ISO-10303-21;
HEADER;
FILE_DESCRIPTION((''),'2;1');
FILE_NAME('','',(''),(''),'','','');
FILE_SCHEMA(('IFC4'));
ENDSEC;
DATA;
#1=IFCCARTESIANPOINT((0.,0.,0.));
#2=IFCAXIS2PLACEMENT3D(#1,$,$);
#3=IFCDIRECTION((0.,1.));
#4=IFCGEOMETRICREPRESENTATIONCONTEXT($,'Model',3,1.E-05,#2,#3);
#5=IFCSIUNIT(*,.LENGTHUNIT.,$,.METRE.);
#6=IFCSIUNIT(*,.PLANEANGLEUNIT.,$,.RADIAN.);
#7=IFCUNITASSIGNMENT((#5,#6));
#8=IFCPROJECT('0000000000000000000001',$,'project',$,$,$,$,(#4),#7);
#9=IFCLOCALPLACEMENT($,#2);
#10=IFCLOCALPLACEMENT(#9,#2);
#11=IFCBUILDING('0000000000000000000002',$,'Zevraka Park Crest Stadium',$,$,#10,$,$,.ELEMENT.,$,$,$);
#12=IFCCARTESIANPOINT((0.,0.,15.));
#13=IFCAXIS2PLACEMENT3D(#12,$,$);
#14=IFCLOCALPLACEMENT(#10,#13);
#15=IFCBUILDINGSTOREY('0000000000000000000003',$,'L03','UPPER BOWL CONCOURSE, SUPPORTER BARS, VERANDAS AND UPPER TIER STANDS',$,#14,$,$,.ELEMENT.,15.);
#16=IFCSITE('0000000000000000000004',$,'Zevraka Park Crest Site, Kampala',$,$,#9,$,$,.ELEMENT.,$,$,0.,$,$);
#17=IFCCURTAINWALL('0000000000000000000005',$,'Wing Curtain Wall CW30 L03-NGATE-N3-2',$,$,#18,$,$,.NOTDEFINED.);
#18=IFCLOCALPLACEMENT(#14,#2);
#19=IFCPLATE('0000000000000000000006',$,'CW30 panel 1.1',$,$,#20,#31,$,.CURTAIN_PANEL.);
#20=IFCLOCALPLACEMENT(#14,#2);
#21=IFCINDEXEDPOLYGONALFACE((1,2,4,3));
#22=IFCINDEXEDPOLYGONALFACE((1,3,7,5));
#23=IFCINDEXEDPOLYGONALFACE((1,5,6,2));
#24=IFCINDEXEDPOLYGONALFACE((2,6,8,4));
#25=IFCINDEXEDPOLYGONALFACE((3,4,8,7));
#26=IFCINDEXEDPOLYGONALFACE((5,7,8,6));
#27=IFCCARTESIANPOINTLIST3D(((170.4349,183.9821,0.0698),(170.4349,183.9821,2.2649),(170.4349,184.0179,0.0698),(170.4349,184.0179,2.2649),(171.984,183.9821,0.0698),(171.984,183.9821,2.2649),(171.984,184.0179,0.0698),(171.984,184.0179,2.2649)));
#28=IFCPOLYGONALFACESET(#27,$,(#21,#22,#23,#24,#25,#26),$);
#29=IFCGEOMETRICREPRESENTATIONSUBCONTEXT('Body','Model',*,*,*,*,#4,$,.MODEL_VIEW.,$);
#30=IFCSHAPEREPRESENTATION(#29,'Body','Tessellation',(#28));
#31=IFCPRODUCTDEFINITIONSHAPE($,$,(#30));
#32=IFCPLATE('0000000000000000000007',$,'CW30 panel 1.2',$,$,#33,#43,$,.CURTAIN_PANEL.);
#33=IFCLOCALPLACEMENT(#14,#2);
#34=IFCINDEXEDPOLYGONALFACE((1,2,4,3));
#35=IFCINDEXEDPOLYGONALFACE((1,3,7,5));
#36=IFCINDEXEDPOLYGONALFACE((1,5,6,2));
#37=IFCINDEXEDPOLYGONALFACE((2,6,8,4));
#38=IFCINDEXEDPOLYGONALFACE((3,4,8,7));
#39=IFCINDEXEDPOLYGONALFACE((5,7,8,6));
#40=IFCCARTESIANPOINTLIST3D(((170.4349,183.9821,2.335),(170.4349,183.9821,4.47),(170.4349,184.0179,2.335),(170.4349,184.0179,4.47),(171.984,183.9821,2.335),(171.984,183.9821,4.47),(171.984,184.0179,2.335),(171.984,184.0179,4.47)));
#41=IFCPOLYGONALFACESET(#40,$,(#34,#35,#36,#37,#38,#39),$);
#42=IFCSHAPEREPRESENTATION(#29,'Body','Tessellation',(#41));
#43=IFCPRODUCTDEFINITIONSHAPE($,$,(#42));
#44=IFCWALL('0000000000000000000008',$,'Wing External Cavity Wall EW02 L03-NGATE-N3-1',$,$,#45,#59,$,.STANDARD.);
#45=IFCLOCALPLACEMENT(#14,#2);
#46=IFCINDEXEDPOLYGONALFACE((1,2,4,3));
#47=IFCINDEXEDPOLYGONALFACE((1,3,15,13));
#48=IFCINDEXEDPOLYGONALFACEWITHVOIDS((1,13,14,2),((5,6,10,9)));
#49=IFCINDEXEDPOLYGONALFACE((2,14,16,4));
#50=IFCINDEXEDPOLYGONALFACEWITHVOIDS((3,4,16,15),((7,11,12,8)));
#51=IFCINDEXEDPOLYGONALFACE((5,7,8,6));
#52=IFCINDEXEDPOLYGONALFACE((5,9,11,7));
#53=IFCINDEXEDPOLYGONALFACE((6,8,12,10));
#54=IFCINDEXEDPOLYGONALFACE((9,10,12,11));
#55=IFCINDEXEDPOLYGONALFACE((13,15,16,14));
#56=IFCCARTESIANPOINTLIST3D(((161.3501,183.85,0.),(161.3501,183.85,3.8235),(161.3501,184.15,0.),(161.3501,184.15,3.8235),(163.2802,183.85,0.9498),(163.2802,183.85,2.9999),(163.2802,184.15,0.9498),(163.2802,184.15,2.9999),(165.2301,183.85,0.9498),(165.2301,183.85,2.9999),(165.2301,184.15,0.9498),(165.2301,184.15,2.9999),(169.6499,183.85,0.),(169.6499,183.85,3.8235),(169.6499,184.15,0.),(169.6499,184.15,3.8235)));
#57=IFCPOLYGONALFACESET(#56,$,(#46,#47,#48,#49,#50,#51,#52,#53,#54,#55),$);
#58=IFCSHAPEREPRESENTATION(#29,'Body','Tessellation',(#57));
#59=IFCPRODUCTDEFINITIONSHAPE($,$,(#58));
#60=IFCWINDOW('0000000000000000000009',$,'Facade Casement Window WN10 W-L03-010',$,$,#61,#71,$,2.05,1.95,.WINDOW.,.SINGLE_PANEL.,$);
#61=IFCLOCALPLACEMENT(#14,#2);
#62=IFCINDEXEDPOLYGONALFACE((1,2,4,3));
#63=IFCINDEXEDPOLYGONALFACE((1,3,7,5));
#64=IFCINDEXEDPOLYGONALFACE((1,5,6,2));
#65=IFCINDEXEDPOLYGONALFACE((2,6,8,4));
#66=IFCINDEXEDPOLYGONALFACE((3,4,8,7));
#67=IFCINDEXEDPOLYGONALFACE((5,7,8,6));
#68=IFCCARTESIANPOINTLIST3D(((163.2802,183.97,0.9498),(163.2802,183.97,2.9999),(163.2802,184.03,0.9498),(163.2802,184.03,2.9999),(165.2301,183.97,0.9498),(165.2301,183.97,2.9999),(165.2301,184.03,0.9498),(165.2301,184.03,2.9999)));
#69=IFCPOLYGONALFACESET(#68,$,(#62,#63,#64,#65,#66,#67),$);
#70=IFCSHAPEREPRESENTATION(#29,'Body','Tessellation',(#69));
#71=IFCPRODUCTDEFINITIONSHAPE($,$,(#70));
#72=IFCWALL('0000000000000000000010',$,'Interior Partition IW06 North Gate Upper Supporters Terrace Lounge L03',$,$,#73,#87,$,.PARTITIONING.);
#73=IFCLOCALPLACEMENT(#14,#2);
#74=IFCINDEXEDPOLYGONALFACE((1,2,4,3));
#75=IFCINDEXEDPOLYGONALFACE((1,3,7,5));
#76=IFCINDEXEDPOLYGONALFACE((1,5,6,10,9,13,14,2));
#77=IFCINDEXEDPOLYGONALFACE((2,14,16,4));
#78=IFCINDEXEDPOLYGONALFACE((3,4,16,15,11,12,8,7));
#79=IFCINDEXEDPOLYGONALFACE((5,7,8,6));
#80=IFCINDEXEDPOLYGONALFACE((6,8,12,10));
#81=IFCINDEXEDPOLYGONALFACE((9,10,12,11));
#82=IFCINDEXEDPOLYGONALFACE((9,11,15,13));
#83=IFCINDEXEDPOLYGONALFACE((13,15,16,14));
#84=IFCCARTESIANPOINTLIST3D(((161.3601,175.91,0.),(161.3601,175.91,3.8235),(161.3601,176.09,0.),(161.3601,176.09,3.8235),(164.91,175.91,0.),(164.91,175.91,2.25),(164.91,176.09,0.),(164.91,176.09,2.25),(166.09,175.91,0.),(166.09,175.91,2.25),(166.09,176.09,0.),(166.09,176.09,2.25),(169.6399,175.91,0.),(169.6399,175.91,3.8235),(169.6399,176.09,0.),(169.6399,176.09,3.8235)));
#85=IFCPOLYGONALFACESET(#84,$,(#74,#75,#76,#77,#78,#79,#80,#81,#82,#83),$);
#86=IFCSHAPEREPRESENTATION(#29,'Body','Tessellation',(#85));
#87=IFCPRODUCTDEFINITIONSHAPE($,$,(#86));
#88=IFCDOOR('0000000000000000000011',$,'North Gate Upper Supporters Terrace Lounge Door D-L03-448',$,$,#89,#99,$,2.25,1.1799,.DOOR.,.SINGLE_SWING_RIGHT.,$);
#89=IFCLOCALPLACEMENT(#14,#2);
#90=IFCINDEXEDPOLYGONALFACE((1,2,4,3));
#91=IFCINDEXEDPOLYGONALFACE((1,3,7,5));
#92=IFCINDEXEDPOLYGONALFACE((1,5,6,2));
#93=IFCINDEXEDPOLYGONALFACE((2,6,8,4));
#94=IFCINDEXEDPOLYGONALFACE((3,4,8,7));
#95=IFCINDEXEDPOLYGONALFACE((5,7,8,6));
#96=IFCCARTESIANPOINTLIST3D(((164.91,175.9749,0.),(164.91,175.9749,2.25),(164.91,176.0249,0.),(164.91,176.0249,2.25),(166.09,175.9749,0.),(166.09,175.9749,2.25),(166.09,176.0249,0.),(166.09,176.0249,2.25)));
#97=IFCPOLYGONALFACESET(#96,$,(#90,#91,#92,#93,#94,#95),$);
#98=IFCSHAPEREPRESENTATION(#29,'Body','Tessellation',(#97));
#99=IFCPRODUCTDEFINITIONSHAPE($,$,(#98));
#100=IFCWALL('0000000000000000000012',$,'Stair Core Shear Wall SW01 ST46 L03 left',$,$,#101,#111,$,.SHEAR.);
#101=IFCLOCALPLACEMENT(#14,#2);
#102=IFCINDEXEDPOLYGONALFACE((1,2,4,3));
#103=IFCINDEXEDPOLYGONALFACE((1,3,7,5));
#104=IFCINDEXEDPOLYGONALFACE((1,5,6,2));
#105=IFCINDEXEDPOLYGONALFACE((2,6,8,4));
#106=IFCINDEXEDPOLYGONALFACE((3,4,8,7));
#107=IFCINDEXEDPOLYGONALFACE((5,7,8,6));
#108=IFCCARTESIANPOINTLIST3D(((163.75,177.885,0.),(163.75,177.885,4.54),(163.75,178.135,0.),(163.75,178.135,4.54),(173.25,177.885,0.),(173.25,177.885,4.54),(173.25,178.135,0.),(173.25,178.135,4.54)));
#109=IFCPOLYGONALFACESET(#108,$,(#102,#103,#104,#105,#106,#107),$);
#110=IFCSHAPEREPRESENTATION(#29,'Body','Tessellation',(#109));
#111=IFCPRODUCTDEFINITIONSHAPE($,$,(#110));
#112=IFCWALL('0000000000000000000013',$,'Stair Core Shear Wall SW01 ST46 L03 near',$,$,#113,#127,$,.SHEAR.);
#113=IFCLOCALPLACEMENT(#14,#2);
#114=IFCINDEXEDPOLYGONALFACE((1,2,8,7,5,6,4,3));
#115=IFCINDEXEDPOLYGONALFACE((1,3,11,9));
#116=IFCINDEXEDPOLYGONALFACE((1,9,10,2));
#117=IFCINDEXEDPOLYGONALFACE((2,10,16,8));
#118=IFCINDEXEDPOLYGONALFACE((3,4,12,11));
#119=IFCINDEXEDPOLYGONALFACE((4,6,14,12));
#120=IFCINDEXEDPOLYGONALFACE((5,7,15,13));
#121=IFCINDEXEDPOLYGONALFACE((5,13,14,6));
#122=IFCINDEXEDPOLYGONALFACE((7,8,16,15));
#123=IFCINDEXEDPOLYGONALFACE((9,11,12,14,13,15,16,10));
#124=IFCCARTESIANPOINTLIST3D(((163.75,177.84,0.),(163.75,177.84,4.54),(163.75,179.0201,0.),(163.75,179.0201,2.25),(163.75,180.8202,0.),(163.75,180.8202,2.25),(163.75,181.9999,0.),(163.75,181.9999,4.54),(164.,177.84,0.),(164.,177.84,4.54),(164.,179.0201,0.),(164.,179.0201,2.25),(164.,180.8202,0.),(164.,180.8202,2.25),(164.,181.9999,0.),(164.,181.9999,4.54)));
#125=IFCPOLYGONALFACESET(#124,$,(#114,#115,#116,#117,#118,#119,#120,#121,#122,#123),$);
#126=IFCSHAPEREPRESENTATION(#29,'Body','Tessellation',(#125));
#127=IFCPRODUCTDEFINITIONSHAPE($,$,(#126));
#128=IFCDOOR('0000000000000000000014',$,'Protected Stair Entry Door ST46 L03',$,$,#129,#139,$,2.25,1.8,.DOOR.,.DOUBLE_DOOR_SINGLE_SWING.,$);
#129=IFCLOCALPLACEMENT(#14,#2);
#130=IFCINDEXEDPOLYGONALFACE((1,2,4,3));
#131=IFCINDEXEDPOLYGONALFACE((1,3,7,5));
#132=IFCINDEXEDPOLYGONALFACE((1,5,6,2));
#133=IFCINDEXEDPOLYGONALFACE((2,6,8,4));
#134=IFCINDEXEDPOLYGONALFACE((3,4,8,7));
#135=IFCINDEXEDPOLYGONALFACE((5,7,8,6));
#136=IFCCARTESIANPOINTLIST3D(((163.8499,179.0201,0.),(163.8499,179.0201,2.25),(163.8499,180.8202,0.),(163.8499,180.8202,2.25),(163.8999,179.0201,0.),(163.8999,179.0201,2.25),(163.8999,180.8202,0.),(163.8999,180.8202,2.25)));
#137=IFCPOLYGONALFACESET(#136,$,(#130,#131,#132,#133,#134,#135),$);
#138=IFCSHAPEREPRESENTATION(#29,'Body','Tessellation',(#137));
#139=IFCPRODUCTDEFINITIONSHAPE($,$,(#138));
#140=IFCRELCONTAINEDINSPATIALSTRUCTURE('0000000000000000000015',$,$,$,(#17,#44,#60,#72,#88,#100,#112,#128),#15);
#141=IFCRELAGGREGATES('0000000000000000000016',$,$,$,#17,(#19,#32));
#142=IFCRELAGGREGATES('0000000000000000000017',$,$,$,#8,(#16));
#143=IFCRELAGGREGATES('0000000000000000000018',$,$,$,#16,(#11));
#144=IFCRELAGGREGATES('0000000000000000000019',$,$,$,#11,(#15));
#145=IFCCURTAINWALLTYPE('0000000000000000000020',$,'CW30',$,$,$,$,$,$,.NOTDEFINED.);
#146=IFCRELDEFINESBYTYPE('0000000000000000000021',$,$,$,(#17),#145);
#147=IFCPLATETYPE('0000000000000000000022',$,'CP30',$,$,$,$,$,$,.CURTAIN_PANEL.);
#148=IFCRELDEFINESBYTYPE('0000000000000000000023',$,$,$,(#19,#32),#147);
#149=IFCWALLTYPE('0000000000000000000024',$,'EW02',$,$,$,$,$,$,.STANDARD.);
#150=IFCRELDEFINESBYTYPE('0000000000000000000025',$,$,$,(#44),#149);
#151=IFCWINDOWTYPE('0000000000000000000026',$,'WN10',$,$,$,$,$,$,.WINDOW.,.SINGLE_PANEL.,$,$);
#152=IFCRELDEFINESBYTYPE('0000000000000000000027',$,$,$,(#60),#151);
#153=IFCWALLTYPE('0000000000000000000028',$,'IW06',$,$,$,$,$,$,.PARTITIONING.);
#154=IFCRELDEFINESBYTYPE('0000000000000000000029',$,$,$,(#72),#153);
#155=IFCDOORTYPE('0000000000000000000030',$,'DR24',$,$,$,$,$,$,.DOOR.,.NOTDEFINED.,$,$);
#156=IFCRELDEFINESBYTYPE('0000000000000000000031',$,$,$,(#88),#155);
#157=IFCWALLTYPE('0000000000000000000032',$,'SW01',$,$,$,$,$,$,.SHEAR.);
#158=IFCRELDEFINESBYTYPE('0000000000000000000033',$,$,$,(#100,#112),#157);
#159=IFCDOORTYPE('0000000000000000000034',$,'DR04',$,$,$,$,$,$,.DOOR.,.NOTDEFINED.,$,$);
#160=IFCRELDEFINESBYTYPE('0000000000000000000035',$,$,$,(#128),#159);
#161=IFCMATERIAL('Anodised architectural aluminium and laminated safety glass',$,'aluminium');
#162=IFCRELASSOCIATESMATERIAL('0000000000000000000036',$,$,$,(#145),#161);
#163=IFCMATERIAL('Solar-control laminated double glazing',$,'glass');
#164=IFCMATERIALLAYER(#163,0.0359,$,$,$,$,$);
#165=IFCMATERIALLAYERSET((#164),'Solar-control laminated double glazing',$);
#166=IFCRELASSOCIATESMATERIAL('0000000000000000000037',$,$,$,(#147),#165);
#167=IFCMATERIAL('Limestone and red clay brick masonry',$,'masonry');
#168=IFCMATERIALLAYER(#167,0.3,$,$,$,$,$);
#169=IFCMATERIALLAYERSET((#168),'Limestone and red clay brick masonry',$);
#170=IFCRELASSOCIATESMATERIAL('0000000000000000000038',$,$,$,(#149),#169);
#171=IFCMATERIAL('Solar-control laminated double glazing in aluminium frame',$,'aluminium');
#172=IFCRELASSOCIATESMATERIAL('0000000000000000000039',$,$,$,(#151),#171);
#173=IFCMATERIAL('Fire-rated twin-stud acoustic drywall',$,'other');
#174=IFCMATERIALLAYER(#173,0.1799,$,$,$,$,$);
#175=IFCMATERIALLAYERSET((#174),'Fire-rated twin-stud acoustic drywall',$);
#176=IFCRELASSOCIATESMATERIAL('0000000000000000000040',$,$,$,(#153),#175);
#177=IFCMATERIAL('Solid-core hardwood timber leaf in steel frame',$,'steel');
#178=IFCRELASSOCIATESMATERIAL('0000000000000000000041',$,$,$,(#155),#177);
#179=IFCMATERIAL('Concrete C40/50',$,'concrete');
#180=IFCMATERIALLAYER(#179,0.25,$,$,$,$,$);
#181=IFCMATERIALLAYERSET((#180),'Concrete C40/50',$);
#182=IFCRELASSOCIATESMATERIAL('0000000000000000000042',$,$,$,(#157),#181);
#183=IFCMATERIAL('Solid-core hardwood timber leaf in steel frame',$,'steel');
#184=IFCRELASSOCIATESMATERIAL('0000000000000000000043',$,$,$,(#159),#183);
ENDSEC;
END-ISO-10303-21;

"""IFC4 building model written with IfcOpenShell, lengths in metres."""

from ifc_helpers import new_model, si_unit, direction, frame, frame_2d, origin, origin_2d, place, context, subcontext, project, spatial, rectangle, extrude, material, layer, layer_set, type_object, element, fill, aggregate, save


model = new_model("IFC4")

# Units and contexts
model_context = context("Model", 3, precision=1e-05, world=origin(), true_north=direction((0.0, 1.0)))
body_context = subcontext(model_context, "Body", "Model", "MODEL_VIEW")
ifc_project = project(units=[si_unit("LENGTHUNIT", "METRE"), si_unit("PLANEANGLEUNIT", "RADIAN")], contexts=[model_context])

# Site, building, storey
site_placement = place(None, origin())
site = spatial("IfcSite", under=ifc_project, at=site_placement, Name="Zevraka Park Crest Site, Kampala", CompositionType="ELEMENT", RefElevation=0.0)
building_placement = place(site_placement, origin())
building = spatial("IfcBuilding", under=site, at=building_placement, Name="Zevraka Park Crest Stadium", CompositionType="ELEMENT")
storey_placement = place(building_placement, frame((0.0, 0.0, 15.0)))
storey = spatial("IfcBuildingStorey", under=building, at=storey_placement, Name="L03", Description="UPPER BOWL CONCOURSE, SUPPORTER BARS, VERANDAS AND UPPER TIER STANDS", CompositionType="ELEMENT", Elevation=15.0)

# Curtain wall, plates
ifc_material_1 = material(Name="Anodised architectural aluminium and laminated safety glass", Category="aluminium")
curtain_wall_type = type_object("IfcCurtainWallType", Name="CW30", PredefinedType="NOTDEFINED", material=ifc_material_1)
curtain_wall_placement = place(storey_placement, origin())
curtain_wall = element("IfcCurtainWall", 1, at=curtain_wall_placement, inside=storey, type_object=curtain_wall_type, Name="Wing Curtain Wall CW30 L03-NGATE-N3-2", PredefinedType="NOTDEFINED")
ifc_material_2 = material(Name="Solar-control laminated double glazing", Category="glass")
ifc_layer_1 = layer(ifc_material_2, 0.0359)
ifc_layer_set_1 = layer_set([ifc_layer_1], Name="Solar-control laminated double glazing")
plate_type = type_object("IfcPlateType", Name="CP30", PredefinedType="CURTAIN_PANEL", material=ifc_layer_set_1)
plate_1_placement = place(storey_placement, frame((171.2095, 184.0, 0.0698), z_axis=(0.0, 0.0, 1.0), x_axis=(1.0, 0.0, 0.0)))
plate_1 = element("IfcPlate", 2, at=plate_1_placement, type_object=plate_type, Name="CW30 panel 1.1", PredefinedType="CURTAIN_PANEL", context=body_context, shape_type="SweptSolid", body=[
    extrude(rectangle(XDim=1.5491, YDim=0.0359, at=origin_2d()), origin(), (0.0, 0.0, 1.0), 2.1951),
])
plate_2_placement = place(storey_placement, frame((171.2095, 184.0, 2.335), z_axis=(0.0, 0.0, 1.0), x_axis=(1.0, 0.0, 0.0)))
plate_2 = element("IfcPlate", 3, at=plate_2_placement, type_object=plate_type, Name="CW30 panel 1.2", PredefinedType="CURTAIN_PANEL", context=body_context, shape_type="SweptSolid", body=[
    extrude(rectangle(XDim=1.5491, YDim=0.0359, at=origin_2d()), origin(), (0.0, 0.0, 1.0), 2.135),
])
aggregate(curtain_wall, [plate_1, plate_2])

# Wall, opening, window
ifc_material_3 = material(Name="Limestone and red clay brick masonry", Category="masonry")
ifc_layer_2 = layer(ifc_material_3, 0.3)
ifc_layer_set_2 = layer_set([ifc_layer_2], Name="Limestone and red clay brick masonry")
wall_type_1 = type_object("IfcWallType", Name="EW02", PredefinedType="STANDARD", material=ifc_layer_set_2)
wall_1_placement = place(storey_placement, frame((161.3501, 184.0, 0.0), z_axis=(0.0, 0.0, 1.0), x_axis=(1.0, 0.0, 0.0)))
wall_1 = element("IfcWall", 4, at=wall_1_placement, inside=storey, type_object=wall_type_1, Name="Wing External Cavity Wall EW02 L03-NGATE-N3-1", PredefinedType="STANDARD", context=body_context, shape_type="SweptSolid", body=[
    extrude(rectangle(XDim=8.2998, YDim=0.3, at=frame_2d((4.1499, 0.0))), origin(), (0.0, 0.0, 1.0), 3.8235),
])
opening_1_placement = place(wall_1_placement, frame((1.9299, 0.0, 0.95)))
opening_1 = element("IfcOpeningElement", 5, at=opening_1_placement, cuts=wall_1, PredefinedType="OPENING", context=body_context, shape_type="SweptSolid", body=[
    extrude(rectangle(XDim=1.95, YDim=2.05, at=frame_2d((0.9751, 1.0249))), frame((0.0, 0.1599, 0.0), z_axis=(0.0, -1.0, 0.0), x_axis=(1.0, 0.0, 0.0)), (0.0, 0.0, 1.0), 0.3201),
])
ifc_material_4 = material(Name="Solar-control laminated double glazing in aluminium frame", Category="aluminium")
window_type = type_object("IfcWindowType", Name="WN10", PartitioningType="SINGLE_PANEL", PredefinedType="WINDOW", material=ifc_material_4)
window_placement = place(opening_1_placement, origin())
window = element("IfcWindow", 6, at=window_placement, inside=storey, type_object=window_type, Name="Facade Casement Window WN10 W-L03-010", OverallHeight=2.05, OverallWidth=1.95, PartitioningType="SINGLE_PANEL", PredefinedType="WINDOW", context=body_context, shape_type="SweptSolid", body=[
    extrude(rectangle(XDim=1.95, YDim=2.05, at=frame_2d((0.9751, 1.0249))), frame((0.0, 0.03, 0.0), z_axis=(0.0, -1.0, 0.0), x_axis=(1.0, 0.0, 0.0)), (0.0, 0.0, 1.0), 0.0601),
])
fill(opening_1, window)

# Wall, opening, door
ifc_material_5 = material(Name="Fire-rated twin-stud acoustic drywall", Category="other")
ifc_layer_3 = layer(ifc_material_5, 0.1799)
ifc_layer_set_3 = layer_set([ifc_layer_3], Name="Fire-rated twin-stud acoustic drywall")
wall_type_2 = type_object("IfcWallType", Name="IW06", PredefinedType="PARTITIONING", material=ifc_layer_set_3)
wall_2_placement = place(storey_placement, frame((161.3601, 176.0, 0.0), z_axis=(0.0, 0.0, 1.0), x_axis=(1.0, 0.0, 0.0)))
wall_2 = element("IfcWall", 7, at=wall_2_placement, inside=storey, type_object=wall_type_2, Name="Interior Partition IW06 North Gate Upper Supporters Terrace Lounge L03", PredefinedType="PARTITIONING", context=body_context, shape_type="SweptSolid", body=[
    extrude(rectangle(XDim=8.2798, YDim=0.1799, at=frame_2d((4.1399, 0.0))), origin(), (0.0, 0.0, 1.0), 3.8235),
])
opening_2_placement = place(wall_2_placement, frame((3.55, 0.0, 0.0)))
opening_2 = element("IfcOpeningElement", 8, at=opening_2_placement, cuts=wall_2, PredefinedType="OPENING", context=body_context, shape_type="SweptSolid", body=[
    extrude(rectangle(XDim=1.1799, YDim=2.25, at=frame_2d((0.5898, 1.125))), frame((0.0, 0.0999, 0.0), z_axis=(0.0, -1.0, 0.0), x_axis=(1.0, 0.0, 0.0)), (0.0, 0.0, 1.0), 0.2),
])
ifc_material_6 = material(Name="Solid-core hardwood timber leaf in steel frame", Category="steel")
door_type_1 = type_object("IfcDoorType", Name="DR24", OperationType="NOTDEFINED", PredefinedType="DOOR", material=ifc_material_6)
door_1_placement = place(opening_2_placement, origin())
door_1 = element("IfcDoor", 9, at=door_1_placement, inside=storey, type_object=door_type_1, Name="North Gate Upper Supporters Terrace Lounge Door D-L03-448", OperationType="SINGLE_SWING_RIGHT", OverallHeight=2.25, OverallWidth=1.1799, PredefinedType="DOOR", context=body_context, shape_type="SweptSolid", body=[
    extrude(rectangle(XDim=1.1799, YDim=2.25, at=frame_2d((0.5898, 1.125))), frame((0.0, 0.0249, 0.0), z_axis=(0.0, -1.0, 0.0), x_axis=(1.0, 0.0, 0.0)), (0.0, 0.0, 1.0), 0.05),
])
fill(opening_2, door_1)

# Wall
ifc_material_7 = material(Name="Concrete C40/50", Category="concrete")
ifc_layer_4 = layer(ifc_material_7, 0.25)
ifc_layer_set_4 = layer_set([ifc_layer_4], Name="Concrete C40/50")
wall_type_3 = type_object("IfcWallType", Name="SW01", PredefinedType="SHEAR", material=ifc_layer_set_4)
wall_3_placement = place(storey_placement, frame((163.75, 178.01, 0.0), z_axis=(0.0, 0.0, 1.0), x_axis=(1.0, 0.0, 0.0)))
element("IfcWall", 10, at=wall_3_placement, inside=storey, type_object=wall_type_3, Name="Stair Core Shear Wall SW01 ST46 L03 left", PredefinedType="SHEAR", context=body_context, shape_type="SweptSolid", body=[
    extrude(rectangle(XDim=9.5, YDim=0.25, at=frame_2d((4.75, 0.0))), origin(), (0.0, 0.0, 1.0), 4.54),
])

# Wall, opening, door
wall_4_placement = place(storey_placement, frame((163.875, 182.0, 0.0), z_axis=(0.0, 0.0, 1.0), x_axis=(0.0, -1.0, 0.0)))
wall_4 = element("IfcWall", 11, at=wall_4_placement, inside=storey, type_object=wall_type_3, Name="Stair Core Shear Wall SW01 ST46 L03 near", PredefinedType="SHEAR", context=body_context, shape_type="SweptSolid", body=[
    extrude(rectangle(XDim=4.1599, YDim=0.25, at=frame_2d((2.0801, 0.0))), origin(), (0.0, 0.0, 1.0), 4.54),
])
opening_3_placement = place(wall_4_placement, frame((1.1799, 0.0, 0.0)))
opening_3 = element("IfcOpeningElement", 12, at=opening_3_placement, cuts=wall_4, PredefinedType="OPENING", context=body_context, shape_type="SweptSolid", body=[
    extrude(rectangle(XDim=1.8, YDim=2.25, at=frame_2d((0.8999, 1.125))), frame((0.0, 0.135, 0.0), z_axis=(0.0, -1.0, 0.0), x_axis=(1.0, 0.0, 0.0)), (0.0, 0.0, 1.0), 0.27),
])
ifc_material_8 = material(Name="Solid-core hardwood timber leaf in steel frame", Category="steel")
door_type_2 = type_object("IfcDoorType", Name="DR04", OperationType="NOTDEFINED", PredefinedType="DOOR", material=ifc_material_8)
door_2_placement = place(opening_3_placement, origin())
door_2 = element("IfcDoor", 13, at=door_2_placement, inside=storey, type_object=door_type_2, Name="Protected Stair Entry Door ST46 L03", OperationType="DOUBLE_DOOR_SINGLE_SWING", OverallHeight=2.25, OverallWidth=1.8, PredefinedType="DOOR", context=body_context, shape_type="SweptSolid", body=[
    extrude(rectangle(XDim=1.8, YDim=2.25, at=frame_2d((0.8999, 1.125))), frame((0.0, 0.0249, 0.0), z_axis=(0.0, -1.0, 0.0), x_axis=(1.0, 0.0, 0.0)), (0.0, 0.0, 1.0), 0.05),
])
fill(opening_3, door_2)

save(model, "model.ifc")
